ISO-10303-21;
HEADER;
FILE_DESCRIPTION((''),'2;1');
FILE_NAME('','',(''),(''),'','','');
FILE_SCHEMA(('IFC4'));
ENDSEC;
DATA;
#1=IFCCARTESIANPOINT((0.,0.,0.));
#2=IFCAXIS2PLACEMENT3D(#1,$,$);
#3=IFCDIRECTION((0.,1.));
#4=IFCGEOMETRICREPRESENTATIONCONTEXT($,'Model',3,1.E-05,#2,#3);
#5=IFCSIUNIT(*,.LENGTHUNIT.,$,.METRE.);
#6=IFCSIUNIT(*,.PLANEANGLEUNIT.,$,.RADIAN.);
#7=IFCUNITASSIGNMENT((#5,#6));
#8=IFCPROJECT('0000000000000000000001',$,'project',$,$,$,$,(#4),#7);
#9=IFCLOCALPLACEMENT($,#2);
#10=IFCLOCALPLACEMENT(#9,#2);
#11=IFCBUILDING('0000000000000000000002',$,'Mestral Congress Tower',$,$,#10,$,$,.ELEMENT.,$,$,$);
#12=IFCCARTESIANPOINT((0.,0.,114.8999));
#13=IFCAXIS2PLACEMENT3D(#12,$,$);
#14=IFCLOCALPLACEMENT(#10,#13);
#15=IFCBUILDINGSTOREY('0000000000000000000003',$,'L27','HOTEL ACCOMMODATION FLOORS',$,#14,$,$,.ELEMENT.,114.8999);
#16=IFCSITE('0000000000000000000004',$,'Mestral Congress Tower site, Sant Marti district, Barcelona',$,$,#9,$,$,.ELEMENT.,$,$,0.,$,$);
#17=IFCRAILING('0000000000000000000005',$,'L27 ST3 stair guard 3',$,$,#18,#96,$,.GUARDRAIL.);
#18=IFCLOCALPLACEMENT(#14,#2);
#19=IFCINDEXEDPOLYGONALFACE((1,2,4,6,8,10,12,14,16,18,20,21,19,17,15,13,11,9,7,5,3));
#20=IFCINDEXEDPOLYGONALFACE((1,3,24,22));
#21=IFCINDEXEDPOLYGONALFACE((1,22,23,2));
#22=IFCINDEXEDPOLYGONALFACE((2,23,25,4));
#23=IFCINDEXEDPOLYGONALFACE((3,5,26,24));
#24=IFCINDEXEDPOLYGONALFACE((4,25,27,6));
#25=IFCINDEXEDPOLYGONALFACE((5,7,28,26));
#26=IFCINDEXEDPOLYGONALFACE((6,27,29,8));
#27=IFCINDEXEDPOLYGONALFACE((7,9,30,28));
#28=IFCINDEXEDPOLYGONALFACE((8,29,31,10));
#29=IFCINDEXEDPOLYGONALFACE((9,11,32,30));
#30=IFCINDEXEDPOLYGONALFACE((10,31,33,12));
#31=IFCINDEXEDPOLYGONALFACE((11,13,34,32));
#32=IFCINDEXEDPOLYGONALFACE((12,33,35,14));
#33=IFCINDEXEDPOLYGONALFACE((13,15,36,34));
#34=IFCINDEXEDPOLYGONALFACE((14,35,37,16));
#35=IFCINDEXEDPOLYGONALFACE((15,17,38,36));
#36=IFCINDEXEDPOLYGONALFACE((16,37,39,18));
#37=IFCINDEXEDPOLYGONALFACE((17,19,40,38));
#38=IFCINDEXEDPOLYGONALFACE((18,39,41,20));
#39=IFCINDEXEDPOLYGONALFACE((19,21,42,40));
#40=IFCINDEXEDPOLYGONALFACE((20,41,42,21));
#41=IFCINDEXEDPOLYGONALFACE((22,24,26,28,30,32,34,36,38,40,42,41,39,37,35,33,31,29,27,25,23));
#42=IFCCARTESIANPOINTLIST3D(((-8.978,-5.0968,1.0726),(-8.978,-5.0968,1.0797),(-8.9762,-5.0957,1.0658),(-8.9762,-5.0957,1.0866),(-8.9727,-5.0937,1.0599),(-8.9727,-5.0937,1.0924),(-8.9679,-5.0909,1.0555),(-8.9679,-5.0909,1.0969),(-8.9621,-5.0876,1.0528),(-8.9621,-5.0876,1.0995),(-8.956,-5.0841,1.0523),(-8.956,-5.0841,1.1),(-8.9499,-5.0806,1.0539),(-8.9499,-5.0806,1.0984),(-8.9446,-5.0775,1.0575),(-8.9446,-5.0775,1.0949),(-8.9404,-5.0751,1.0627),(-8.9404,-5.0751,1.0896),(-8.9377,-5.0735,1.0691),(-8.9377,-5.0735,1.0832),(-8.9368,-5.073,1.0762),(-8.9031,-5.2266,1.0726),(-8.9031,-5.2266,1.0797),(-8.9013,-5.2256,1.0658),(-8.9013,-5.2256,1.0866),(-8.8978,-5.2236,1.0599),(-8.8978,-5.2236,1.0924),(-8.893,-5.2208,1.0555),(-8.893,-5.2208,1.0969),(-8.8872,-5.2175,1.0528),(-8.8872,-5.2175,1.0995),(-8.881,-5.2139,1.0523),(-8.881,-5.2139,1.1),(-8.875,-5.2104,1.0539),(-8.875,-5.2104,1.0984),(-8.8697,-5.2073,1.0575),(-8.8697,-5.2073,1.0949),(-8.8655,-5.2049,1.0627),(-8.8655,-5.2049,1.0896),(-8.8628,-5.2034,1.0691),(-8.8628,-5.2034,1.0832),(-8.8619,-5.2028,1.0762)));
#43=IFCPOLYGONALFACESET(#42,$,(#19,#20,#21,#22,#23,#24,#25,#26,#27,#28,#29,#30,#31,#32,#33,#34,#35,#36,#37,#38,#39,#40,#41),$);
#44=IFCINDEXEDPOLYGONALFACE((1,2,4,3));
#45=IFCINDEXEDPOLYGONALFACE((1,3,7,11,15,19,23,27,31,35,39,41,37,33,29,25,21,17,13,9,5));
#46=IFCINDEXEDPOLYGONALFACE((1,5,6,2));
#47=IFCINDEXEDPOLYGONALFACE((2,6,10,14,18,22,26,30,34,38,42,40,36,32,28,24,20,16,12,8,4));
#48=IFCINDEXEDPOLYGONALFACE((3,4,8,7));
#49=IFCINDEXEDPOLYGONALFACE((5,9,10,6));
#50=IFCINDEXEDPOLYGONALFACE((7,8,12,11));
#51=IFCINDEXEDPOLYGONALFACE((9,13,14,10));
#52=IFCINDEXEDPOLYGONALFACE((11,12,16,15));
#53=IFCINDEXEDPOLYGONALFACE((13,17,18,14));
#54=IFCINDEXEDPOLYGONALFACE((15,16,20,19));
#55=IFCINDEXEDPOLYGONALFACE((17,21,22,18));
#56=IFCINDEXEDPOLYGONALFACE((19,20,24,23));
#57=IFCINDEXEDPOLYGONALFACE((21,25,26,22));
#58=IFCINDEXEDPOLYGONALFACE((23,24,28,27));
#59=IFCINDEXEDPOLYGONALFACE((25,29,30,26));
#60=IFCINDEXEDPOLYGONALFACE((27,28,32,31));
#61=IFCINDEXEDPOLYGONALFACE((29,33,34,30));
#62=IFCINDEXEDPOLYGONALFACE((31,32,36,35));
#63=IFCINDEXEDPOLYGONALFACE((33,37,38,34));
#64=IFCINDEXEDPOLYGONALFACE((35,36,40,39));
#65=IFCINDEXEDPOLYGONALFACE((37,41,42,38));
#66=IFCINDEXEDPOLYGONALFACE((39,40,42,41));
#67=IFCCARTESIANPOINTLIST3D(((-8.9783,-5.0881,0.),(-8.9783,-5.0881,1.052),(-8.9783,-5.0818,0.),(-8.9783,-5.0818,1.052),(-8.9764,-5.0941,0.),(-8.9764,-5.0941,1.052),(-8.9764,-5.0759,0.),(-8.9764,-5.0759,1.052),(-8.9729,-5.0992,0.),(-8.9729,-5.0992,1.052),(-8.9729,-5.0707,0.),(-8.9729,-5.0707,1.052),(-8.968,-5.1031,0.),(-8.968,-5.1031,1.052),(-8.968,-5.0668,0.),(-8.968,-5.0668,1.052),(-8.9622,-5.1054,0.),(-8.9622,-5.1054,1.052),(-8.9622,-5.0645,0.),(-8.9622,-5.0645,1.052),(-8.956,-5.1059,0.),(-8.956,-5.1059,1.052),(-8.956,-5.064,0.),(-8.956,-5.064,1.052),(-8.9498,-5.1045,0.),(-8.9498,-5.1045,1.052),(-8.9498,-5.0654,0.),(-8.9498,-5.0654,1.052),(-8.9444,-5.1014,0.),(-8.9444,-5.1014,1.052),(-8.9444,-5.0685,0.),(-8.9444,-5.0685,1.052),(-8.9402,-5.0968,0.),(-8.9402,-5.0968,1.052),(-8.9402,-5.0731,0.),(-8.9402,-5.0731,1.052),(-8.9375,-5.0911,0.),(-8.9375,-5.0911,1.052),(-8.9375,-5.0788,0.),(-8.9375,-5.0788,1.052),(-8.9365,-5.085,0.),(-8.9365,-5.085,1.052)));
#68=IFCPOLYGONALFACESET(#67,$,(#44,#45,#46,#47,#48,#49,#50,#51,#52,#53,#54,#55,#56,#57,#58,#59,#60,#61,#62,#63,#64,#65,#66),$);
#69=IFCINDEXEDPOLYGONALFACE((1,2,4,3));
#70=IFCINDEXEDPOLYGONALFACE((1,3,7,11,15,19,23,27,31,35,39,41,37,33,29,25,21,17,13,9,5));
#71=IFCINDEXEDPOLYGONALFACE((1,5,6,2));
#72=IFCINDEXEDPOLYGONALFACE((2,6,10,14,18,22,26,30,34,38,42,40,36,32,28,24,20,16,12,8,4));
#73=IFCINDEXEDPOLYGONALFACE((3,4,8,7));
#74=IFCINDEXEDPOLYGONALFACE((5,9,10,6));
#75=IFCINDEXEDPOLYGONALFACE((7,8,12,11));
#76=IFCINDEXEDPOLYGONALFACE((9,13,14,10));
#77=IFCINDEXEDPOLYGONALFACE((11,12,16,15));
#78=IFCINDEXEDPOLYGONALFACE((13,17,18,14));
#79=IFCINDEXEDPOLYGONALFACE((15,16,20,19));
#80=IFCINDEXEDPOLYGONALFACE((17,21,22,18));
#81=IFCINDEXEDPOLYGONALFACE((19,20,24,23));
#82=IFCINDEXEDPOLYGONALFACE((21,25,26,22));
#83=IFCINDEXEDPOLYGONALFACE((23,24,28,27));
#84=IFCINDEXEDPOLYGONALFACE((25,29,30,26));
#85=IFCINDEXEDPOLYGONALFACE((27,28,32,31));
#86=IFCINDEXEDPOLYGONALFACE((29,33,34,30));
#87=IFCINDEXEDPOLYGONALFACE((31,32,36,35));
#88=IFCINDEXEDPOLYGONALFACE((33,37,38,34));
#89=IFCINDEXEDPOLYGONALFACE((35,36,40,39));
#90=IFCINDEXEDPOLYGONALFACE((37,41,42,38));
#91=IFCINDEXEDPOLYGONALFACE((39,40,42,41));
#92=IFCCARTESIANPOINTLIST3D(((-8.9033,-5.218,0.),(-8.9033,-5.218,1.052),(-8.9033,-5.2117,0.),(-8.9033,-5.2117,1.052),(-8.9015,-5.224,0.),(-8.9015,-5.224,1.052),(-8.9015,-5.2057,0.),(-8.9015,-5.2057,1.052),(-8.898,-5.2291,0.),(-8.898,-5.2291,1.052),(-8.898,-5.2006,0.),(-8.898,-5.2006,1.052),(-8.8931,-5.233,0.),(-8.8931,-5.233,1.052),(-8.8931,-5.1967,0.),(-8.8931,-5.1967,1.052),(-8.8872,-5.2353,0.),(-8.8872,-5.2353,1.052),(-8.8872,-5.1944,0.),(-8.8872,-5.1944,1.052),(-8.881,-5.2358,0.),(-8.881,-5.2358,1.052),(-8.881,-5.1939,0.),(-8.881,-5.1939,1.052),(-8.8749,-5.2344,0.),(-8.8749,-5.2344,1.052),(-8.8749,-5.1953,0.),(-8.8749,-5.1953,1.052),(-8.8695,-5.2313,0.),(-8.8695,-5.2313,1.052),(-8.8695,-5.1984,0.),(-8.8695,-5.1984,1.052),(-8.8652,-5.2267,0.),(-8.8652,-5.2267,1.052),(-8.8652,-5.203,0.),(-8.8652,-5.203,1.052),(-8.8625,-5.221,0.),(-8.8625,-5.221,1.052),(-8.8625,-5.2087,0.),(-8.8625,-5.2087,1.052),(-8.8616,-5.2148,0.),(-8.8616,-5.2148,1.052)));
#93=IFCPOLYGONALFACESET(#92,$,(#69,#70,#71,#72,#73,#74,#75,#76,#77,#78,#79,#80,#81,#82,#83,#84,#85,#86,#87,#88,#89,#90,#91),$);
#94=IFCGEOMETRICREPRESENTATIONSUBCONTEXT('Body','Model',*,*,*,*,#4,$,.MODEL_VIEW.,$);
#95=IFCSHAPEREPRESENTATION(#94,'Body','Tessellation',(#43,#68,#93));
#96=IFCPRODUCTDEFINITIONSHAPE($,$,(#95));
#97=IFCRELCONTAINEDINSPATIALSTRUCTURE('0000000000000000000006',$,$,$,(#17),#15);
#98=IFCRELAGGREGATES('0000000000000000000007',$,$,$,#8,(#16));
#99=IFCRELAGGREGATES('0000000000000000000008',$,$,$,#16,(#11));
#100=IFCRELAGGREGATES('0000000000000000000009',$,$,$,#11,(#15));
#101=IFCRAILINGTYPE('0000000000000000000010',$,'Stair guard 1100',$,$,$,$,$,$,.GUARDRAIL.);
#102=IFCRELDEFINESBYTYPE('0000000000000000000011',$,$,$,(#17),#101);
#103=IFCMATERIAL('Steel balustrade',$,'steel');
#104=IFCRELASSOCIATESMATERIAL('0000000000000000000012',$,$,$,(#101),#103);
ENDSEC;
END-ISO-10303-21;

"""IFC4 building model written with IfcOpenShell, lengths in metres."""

from ifc_helpers import new_model, si_unit, direction, frame, origin, origin_2d, place, context, subcontext, project, spatial, circle, extrude, material, type_object, element, save


model = new_model("IFC4")

# Units and contexts
model_context = context("Model", 3, precision=1e-05, world=origin(), true_north=direction((0.0, 1.0)))
body_context = subcontext(model_context, "Body", "Model", "MODEL_VIEW")
ifc_project = project(units=[si_unit("LENGTHUNIT", "METRE"), si_unit("PLANEANGLEUNIT", "RADIAN")], contexts=[model_context])

# Site, building, storey
site_placement = place(None, origin())
site = spatial("IfcSite", under=ifc_project, at=site_placement, Name="Mestral Congress Tower site, Sant Marti district, Barcelona", CompositionType="ELEMENT", RefElevation=0.0)
building_placement = place(site_placement, origin())
building = spatial("IfcBuilding", under=site, at=building_placement, Name="Mestral Congress Tower", CompositionType="ELEMENT")
storey_placement = place(building_placement, frame((0.0, 0.0, 114.8999)))
storey = spatial("IfcBuildingStorey", under=building, at=storey_placement, Name="L27", Description="HOTEL ACCOMMODATION FLOORS", CompositionType="ELEMENT", Elevation=114.8999)

# Railing
ifc_material_1 = material(Name="Steel balustrade", Category="steel")
railing_type_1 = type_object("IfcRailingType", Name="Stair guard 1100", PredefinedType="GUARDRAIL", material=ifc_material_1)
railing_1_placement = place(storey_placement, frame((-8.9575, -5.085, 0.0)))
element("IfcRailing", 1, at=railing_1_placement, inside=storey, type_object=railing_type_1, Name="L27 ST3 stair guard 3", PredefinedType="GUARDRAIL", context=body_context, shape_type="SweptSolid", body=[
    extrude(circle(Radius=0.0239, at=origin_2d()), frame((0.0, 0.0, 1.0762), z_axis=(0.499816, -0.866131, 0.0), x_axis=(0.866131, 0.499816, 0.0)), (0.0, 0.0, 1.0), 0.1499),
    extrude(circle(Radius=0.021, at=origin_2d()), origin(), (0.0, 0.0, 1.0), 1.052),
    extrude(circle(Radius=0.021, at=origin_2d()), frame((0.075, -0.1299, 0.0)), (0.0, 0.0, 1.0), 1.052),
])

save(model, "model.ifc")
